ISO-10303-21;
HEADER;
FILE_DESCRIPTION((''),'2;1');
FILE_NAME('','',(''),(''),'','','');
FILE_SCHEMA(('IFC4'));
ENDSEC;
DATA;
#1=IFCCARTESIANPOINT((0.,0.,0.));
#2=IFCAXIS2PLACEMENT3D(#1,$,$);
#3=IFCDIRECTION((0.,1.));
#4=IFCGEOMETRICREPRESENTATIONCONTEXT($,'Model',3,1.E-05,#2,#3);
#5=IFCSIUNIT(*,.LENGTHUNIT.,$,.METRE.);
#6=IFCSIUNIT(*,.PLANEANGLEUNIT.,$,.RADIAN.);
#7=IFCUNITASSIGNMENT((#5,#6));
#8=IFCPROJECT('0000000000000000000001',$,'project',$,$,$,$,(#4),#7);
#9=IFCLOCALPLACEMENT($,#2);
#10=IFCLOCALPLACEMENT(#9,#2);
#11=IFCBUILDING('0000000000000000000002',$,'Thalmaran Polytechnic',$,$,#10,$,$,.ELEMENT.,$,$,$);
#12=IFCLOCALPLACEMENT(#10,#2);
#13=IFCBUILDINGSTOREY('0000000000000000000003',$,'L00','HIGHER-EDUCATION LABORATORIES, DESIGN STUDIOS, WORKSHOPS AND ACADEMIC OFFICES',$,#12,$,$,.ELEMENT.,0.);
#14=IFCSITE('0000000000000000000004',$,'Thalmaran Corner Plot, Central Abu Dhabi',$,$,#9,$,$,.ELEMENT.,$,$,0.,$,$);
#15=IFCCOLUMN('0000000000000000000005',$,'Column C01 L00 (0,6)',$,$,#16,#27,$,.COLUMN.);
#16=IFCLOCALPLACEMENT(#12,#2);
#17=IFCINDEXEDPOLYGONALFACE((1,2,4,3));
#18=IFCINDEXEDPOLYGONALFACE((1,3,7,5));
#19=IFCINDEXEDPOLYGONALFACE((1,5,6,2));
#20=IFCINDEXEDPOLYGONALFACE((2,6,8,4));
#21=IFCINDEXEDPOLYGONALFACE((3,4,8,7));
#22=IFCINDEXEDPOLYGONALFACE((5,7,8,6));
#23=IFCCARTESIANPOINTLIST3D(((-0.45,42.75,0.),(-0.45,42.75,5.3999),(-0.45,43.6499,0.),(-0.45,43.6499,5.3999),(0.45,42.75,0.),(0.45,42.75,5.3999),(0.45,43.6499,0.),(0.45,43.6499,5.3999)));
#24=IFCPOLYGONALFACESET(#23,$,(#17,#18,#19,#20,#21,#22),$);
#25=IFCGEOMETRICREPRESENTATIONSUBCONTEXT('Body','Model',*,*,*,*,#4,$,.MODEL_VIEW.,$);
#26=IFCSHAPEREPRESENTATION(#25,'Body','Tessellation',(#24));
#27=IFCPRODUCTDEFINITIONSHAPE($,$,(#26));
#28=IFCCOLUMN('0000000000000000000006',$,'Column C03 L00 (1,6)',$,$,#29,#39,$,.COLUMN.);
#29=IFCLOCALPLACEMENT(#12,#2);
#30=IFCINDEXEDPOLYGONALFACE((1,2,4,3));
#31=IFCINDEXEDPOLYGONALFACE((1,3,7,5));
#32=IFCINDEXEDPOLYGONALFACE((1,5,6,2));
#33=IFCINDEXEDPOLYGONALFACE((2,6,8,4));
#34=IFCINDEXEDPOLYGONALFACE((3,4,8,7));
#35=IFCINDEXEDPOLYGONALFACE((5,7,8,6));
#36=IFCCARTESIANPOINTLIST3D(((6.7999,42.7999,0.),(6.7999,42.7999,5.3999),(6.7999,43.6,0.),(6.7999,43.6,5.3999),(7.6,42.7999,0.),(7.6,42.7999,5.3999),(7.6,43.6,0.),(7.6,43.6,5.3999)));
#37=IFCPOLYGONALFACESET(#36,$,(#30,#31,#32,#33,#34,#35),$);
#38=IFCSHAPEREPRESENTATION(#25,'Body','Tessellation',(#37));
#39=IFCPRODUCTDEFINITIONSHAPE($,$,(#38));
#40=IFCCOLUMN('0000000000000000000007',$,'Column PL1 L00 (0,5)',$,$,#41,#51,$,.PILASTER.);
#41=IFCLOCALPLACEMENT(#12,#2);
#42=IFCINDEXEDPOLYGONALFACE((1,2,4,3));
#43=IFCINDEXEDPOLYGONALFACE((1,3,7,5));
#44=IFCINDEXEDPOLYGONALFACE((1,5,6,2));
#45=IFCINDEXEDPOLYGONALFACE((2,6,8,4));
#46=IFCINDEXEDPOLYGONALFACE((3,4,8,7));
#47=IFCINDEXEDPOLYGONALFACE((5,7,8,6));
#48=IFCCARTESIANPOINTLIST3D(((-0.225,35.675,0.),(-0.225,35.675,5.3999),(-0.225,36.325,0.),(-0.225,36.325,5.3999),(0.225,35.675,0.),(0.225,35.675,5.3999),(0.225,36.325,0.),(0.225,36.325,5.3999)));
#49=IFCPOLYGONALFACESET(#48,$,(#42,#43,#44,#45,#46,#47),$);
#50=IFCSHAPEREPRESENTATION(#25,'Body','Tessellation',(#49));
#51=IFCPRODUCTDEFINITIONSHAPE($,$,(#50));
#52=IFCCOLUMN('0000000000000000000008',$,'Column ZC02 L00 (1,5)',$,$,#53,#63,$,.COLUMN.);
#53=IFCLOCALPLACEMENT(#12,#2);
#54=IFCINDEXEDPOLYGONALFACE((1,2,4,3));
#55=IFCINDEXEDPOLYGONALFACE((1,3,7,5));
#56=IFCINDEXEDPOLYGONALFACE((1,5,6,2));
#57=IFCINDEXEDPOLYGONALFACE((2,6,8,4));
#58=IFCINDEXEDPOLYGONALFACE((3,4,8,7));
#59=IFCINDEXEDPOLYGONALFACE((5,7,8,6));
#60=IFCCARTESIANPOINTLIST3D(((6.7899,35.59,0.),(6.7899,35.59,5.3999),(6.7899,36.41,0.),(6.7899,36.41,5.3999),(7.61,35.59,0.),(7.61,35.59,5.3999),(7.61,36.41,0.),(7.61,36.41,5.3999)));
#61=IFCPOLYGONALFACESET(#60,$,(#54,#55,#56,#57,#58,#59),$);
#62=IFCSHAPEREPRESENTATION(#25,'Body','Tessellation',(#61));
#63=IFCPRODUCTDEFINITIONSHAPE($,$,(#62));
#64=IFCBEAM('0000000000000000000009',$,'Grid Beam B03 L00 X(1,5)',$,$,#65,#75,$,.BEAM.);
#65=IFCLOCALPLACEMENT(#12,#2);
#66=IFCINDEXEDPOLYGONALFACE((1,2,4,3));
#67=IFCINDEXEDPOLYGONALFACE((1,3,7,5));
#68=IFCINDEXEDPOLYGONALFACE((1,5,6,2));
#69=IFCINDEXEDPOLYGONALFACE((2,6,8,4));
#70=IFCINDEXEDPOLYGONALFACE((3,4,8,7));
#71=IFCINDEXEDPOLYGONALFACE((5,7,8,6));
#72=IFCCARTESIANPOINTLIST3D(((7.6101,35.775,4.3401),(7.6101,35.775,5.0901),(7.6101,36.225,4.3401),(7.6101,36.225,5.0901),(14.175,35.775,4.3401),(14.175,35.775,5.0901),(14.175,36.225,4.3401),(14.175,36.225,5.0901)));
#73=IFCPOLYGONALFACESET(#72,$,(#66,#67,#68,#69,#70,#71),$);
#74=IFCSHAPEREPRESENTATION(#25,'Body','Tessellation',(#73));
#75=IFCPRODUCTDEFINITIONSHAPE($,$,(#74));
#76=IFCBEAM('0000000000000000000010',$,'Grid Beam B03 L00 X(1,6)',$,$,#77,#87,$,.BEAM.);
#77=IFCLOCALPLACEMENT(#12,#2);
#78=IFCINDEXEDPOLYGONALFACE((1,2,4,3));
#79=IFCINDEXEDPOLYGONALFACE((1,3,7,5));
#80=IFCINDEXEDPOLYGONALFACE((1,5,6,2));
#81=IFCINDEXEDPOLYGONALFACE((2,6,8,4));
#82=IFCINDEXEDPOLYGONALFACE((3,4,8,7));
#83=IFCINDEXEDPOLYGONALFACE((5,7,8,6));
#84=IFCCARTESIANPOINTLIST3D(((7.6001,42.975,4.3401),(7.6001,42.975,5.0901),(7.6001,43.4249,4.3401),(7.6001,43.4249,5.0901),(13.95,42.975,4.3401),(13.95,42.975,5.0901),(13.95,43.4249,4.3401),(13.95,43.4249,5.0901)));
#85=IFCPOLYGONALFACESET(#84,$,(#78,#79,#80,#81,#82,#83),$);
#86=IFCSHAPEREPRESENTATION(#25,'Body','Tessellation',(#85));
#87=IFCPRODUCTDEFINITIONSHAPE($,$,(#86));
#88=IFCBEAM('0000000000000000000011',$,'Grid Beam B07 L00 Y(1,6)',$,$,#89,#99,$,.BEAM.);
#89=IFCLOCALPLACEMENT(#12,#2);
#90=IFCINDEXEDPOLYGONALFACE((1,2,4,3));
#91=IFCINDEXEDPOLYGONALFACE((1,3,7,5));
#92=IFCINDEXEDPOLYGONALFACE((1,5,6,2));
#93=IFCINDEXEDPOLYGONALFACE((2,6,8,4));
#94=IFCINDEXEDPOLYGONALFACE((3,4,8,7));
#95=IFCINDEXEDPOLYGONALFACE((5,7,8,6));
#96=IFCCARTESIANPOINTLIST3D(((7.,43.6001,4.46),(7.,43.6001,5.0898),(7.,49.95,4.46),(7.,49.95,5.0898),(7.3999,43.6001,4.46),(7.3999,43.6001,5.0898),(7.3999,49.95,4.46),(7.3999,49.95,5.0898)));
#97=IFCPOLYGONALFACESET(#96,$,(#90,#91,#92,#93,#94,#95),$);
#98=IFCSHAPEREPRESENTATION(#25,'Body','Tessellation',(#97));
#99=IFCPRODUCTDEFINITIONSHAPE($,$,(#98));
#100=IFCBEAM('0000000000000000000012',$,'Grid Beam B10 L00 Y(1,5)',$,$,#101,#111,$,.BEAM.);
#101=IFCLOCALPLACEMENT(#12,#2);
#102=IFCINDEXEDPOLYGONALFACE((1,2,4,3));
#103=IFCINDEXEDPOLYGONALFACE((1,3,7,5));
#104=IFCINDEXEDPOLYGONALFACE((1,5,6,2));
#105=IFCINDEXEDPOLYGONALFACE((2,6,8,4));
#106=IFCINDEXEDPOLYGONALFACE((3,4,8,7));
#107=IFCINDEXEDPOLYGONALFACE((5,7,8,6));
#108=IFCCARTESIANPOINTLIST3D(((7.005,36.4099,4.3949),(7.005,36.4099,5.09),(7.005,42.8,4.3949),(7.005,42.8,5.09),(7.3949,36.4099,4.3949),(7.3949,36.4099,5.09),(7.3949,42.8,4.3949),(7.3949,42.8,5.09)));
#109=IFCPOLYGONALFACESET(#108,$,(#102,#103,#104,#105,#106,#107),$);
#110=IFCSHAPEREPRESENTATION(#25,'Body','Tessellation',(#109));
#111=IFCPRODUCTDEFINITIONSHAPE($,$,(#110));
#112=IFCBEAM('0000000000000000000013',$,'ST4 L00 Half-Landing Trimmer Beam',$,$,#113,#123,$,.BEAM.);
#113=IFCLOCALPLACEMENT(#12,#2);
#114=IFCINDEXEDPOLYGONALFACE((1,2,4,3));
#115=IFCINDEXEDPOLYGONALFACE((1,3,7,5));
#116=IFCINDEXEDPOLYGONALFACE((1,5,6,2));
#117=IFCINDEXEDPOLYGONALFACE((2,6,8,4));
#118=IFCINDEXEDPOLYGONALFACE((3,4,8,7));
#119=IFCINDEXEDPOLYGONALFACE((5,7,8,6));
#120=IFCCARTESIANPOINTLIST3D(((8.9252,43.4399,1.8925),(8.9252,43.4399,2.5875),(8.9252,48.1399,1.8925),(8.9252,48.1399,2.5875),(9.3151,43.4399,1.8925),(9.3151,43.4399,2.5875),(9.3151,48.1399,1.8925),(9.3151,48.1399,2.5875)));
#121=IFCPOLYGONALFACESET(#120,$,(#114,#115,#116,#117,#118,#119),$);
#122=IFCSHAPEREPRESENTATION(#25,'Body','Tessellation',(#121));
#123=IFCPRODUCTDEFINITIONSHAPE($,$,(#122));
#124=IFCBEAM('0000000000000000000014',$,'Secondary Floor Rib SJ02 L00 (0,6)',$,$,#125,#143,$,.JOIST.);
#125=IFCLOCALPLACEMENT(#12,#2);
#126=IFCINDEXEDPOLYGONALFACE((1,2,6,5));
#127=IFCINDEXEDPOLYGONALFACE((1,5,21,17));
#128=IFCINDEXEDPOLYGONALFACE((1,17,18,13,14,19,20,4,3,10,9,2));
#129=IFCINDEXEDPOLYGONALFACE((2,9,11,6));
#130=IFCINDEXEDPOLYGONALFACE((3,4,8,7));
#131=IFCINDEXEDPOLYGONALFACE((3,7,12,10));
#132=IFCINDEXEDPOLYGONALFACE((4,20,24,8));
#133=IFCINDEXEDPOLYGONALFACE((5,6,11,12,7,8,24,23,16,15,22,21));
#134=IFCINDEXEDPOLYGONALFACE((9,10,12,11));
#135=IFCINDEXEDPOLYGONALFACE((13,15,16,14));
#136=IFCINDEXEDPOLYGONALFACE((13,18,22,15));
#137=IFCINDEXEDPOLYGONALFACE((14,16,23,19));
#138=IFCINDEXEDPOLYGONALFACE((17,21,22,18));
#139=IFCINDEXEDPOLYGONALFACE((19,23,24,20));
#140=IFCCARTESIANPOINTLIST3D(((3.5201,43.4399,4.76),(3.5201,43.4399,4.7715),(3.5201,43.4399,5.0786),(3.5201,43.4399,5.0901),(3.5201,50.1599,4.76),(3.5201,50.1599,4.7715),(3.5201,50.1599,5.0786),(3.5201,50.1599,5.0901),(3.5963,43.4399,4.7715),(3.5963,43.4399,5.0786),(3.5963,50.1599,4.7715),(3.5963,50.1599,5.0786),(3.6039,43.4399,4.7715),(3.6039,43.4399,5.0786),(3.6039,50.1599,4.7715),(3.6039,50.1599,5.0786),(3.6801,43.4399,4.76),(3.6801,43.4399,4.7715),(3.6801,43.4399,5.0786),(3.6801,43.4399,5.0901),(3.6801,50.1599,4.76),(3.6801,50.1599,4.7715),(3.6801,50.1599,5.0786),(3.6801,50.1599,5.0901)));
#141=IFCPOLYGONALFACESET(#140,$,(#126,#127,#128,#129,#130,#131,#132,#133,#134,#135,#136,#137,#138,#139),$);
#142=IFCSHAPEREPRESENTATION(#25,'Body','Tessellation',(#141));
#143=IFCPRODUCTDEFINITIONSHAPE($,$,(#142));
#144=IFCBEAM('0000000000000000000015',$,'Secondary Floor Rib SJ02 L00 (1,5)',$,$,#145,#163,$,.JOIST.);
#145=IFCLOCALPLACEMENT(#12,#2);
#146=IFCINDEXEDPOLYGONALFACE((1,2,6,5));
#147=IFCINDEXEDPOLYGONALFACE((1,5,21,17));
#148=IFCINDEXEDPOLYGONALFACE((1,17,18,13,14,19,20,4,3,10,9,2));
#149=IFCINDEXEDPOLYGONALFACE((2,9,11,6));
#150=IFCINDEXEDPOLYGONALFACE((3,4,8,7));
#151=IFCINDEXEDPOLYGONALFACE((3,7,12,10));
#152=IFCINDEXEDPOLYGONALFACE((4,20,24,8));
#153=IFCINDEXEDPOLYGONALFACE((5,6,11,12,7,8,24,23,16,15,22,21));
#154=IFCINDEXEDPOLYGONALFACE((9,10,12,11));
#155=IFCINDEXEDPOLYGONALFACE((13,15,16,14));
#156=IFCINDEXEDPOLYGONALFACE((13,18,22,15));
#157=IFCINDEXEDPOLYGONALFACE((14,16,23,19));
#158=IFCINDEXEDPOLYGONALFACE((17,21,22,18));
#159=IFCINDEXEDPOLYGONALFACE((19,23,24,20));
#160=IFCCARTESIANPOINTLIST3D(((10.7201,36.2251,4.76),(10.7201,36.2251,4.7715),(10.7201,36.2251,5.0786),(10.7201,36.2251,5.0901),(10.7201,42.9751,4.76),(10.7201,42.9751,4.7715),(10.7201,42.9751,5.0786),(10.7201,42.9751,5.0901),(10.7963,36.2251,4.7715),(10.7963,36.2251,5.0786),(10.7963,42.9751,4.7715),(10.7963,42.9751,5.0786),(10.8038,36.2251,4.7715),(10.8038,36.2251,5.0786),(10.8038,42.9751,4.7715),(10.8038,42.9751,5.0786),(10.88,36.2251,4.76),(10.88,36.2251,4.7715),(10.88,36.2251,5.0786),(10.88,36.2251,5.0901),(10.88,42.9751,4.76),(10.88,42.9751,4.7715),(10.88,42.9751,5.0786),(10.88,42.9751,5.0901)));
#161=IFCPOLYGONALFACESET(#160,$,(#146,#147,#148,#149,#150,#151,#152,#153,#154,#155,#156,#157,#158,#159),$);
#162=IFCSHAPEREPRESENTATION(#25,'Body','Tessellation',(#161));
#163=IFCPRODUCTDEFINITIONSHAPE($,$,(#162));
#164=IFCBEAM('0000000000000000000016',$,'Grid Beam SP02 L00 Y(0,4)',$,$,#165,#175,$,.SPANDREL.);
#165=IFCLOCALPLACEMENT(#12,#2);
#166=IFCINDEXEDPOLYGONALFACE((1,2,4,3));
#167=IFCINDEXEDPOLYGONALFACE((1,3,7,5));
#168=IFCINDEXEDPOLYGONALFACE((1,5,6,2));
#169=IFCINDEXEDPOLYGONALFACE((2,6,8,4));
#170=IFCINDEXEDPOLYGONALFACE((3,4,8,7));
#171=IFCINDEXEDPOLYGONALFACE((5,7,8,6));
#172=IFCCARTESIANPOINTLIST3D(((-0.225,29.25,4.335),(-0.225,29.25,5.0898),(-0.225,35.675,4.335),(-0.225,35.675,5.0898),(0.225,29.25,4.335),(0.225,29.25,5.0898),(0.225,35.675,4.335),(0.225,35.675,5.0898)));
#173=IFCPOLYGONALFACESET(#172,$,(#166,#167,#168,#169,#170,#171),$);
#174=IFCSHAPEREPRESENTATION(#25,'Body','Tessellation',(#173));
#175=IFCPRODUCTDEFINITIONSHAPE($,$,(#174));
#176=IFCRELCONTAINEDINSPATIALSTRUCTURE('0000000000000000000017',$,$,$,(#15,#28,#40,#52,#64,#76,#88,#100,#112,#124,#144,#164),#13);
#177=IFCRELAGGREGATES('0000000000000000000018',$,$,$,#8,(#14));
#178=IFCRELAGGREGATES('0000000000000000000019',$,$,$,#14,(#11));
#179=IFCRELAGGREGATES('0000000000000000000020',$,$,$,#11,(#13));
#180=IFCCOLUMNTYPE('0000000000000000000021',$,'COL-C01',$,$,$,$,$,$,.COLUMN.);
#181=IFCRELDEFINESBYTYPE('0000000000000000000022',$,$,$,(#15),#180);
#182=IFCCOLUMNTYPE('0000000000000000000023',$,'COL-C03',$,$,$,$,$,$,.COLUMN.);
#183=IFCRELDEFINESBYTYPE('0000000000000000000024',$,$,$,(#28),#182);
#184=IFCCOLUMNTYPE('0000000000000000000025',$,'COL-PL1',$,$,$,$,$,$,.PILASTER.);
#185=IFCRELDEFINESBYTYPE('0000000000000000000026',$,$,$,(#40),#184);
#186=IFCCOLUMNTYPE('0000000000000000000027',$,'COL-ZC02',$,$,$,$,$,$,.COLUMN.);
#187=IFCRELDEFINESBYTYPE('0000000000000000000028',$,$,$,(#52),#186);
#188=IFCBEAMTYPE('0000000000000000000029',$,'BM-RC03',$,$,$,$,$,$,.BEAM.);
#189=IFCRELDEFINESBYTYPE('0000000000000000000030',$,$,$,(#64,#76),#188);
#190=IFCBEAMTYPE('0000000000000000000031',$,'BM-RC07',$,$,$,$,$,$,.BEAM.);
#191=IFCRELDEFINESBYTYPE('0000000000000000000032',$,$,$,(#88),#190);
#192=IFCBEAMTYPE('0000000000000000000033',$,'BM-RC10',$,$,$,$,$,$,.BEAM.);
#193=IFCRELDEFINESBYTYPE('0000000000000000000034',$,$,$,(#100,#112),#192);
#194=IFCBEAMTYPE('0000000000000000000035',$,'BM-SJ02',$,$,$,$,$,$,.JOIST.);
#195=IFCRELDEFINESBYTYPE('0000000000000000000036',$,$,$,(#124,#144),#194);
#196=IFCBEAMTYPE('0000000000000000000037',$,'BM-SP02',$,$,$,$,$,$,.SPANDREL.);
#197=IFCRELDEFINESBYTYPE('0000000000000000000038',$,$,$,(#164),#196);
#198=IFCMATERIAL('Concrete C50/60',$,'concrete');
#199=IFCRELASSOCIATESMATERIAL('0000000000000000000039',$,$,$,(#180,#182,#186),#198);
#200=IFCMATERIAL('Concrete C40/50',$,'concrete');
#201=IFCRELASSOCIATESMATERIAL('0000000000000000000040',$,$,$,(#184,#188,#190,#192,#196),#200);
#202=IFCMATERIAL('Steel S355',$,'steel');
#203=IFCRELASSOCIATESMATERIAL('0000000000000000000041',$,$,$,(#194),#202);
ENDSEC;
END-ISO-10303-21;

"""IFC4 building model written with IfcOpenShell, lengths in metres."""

from ifc_helpers import new_model, si_unit, direction, frame, origin, origin_2d, place, context, subcontext, project, spatial, rectangle, i_section, extrude, material, material_profile, profile_set, type_object, element, save


model = new_model("IFC4")

# Units and contexts
model_context = context("Model", 3, precision=1e-05, world=origin(), true_north=direction((0.0, 1.0)))
body_context = subcontext(model_context, "Body", "Model", "MODEL_VIEW")
ifc_project = project(units=[si_unit("LENGTHUNIT", "METRE"), si_unit("PLANEANGLEUNIT", "RADIAN")], contexts=[model_context])

# Site, building, storey
site_placement = place(None, origin())
site = spatial("IfcSite", under=ifc_project, at=site_placement, Name="Thalmaran Corner Plot, Central Abu Dhabi", CompositionType="ELEMENT", RefElevation=0.0)
building_placement = place(site_placement, origin())
building = spatial("IfcBuilding", under=site, at=building_placement, Name="Thalmaran Polytechnic", CompositionType="ELEMENT")
storey_placement = place(building_placement, origin())
storey = spatial("IfcBuildingStorey", under=building, at=storey_placement, Name="L00", Description="HIGHER-EDUCATION LABORATORIES, DESIGN STUDIOS, WORKSHOPS AND ACADEMIC OFFICES", CompositionType="ELEMENT", Elevation=0.0)

# Columns
ifc_material_1 = material(Name="Concrete C50/60", Category="concrete")
ifc_material_profile_1 = material_profile(ifc_material_1, rectangle(XDim=0.8999, YDim=0.8999, at=origin_2d()), Name="RC 900x900")
ifc_profile_set_1 = profile_set([ifc_material_profile_1], Name="Concrete C50/60")
column_type_1 = type_object("IfcColumnType", Name="COL-C01", PredefinedType="COLUMN", material=ifc_profile_set_1)
column_1_placement = place(storey_placement, frame((0.0, 43.2, 0.0), z_axis=(0.0, 0.0, 1.0), x_axis=(1.0, 0.0, 0.0)))
element("IfcColumn", 1, at=column_1_placement, inside=storey, type_object=column_type_1, Name="Column C01 L00 (0,6)", PredefinedType="COLUMN", context=body_context, shape_type="SweptSolid", body=[
    extrude(rectangle(XDim=0.8999, YDim=0.8999, at=origin_2d()), origin(), (0.0, 0.0, 1.0), 5.3999),
])
ifc_material_profile_2 = material_profile(ifc_material_1, rectangle(XDim=0.8, YDim=0.8, at=origin_2d()), Name="RC 800x800")
ifc_profile_set_2 = profile_set([ifc_material_profile_2], Name="Concrete C50/60")
column_type_2 = type_object("IfcColumnType", Name="COL-C03", PredefinedType="COLUMN", material=ifc_profile_set_2)
column_2_placement = place(storey_placement, frame((7.2, 43.2, 0.0), z_axis=(0.0, 0.0, 1.0), x_axis=(1.0, 0.0, 0.0)))
element("IfcColumn", 2, at=column_2_placement, inside=storey, type_object=column_type_2, Name="Column C03 L00 (1,6)", PredefinedType="COLUMN", context=body_context, shape_type="SweptSolid", body=[
    extrude(rectangle(XDim=0.8, YDim=0.8, at=origin_2d()), origin(), (0.0, 0.0, 1.0), 5.3999),
])
ifc_material_2 = material(Name="Concrete C40/50", Category="concrete")
ifc_material_profile_3 = material_profile(ifc_material_2, rectangle(XDim=0.45, YDim=0.6499, at=origin_2d()), Name="RC 450x650")
ifc_profile_set_3 = profile_set([ifc_material_profile_3], Name="Concrete C40/50")
column_type_3 = type_object("IfcColumnType", Name="COL-PL1", PredefinedType="PILASTER", material=ifc_profile_set_3)
column_3_placement = place(storey_placement, frame((0.0, 36.0, 0.0), z_axis=(0.0, 0.0, 1.0), x_axis=(1.0, 0.0, 0.0)))
element("IfcColumn", 3, at=column_3_placement, inside=storey, type_object=column_type_3, Name="Column PL1 L00 (0,5)", PredefinedType="PILASTER", context=body_context, shape_type="SweptSolid", body=[
    extrude(rectangle(XDim=0.45, YDim=0.6499, at=origin_2d()), origin(), (0.0, 0.0, 1.0), 5.3999),
])
ifc_material_profile_4 = material_profile(ifc_material_1, rectangle(XDim=0.8201, YDim=0.8201, at=origin_2d()), Name="RC 820x820")
ifc_profile_set_4 = profile_set([ifc_material_profile_4], Name="Concrete C50/60")
column_type_4 = type_object("IfcColumnType", Name="COL-ZC02", PredefinedType="COLUMN", material=ifc_profile_set_4)
column_4_placement = place(storey_placement, frame((7.2, 36.0, 0.0), z_axis=(0.0, 0.0, 1.0), x_axis=(1.0, 0.0, 0.0)))
element("IfcColumn", 4, at=column_4_placement, inside=storey, type_object=column_type_4, Name="Column ZC02 L00 (1,5)", PredefinedType="COLUMN", context=body_context, shape_type="SweptSolid", body=[
    extrude(rectangle(XDim=0.8201, YDim=0.8201, at=origin_2d()), origin(), (0.0, 0.0, 1.0), 5.3999),
])

# Beams
ifc_material_profile_5 = material_profile(ifc_material_2, rectangle(XDim=0.45, YDim=0.75, at=origin_2d()), Name="RC 450x750")
ifc_profile_set_5 = profile_set([ifc_material_profile_5], Name="Concrete C40/50")
beam_type_1 = type_object("IfcBeamType", Name="BM-RC03", PredefinedType="BEAM", material=ifc_profile_set_5)
beam_1_placement = place(storey_placement, frame((7.6101, 36.0, 4.7151), z_axis=(1.0, 0.0, 0.0), x_axis=(0.0, 1.0, 0.0)))
element("IfcBeam", 5, at=beam_1_placement, inside=storey, type_object=beam_type_1, Name="Grid Beam B03 L00 X(1,5)", PredefinedType="BEAM", context=body_context, shape_type="SweptSolid", body=[
    extrude(rectangle(XDim=0.45, YDim=0.75, at=origin_2d()), origin(), (0.0, 0.0, 1.0), 6.5649),
])
beam_2_placement = place(storey_placement, frame((7.6001, 43.2, 4.7151), z_axis=(1.0, 0.0, 0.0), x_axis=(0.0, 1.0, 0.0)))
element("IfcBeam", 6, at=beam_2_placement, inside=storey, type_object=beam_type_1, Name="Grid Beam B03 L00 X(1,6)", PredefinedType="BEAM", context=body_context, shape_type="SweptSolid", body=[
    extrude(rectangle(XDim=0.45, YDim=0.75, at=origin_2d()), origin(), (0.0, 0.0, 1.0), 6.3499),
])
ifc_material_profile_6 = material_profile(ifc_material_2, rectangle(XDim=0.3999, YDim=0.6299, at=origin_2d()), Name="RC 400x630")
ifc_profile_set_6 = profile_set([ifc_material_profile_6], Name="Concrete C40/50")
beam_type_2 = type_object("IfcBeamType", Name="BM-RC07", PredefinedType="BEAM", material=ifc_profile_set_6)
beam_3_placement = place(storey_placement, frame((7.2, 43.6001, 4.7749), z_axis=(0.0, 1.0, 0.0), x_axis=(-1.0, 0.0, 0.0)))
element("IfcBeam", 7, at=beam_3_placement, inside=storey, type_object=beam_type_2, Name="Grid Beam B07 L00 Y(1,6)", PredefinedType="BEAM", context=body_context, shape_type="SweptSolid", body=[
    extrude(rectangle(XDim=0.3999, YDim=0.6299, at=origin_2d()), origin(), (0.0, 0.0, 1.0), 6.3499),
])
ifc_material_profile_7 = material_profile(ifc_material_2, rectangle(XDim=0.3899, YDim=0.6951, at=origin_2d()), Name="RC 390x695")
ifc_profile_set_7 = profile_set([ifc_material_profile_7], Name="Concrete C40/50")
beam_type_3 = type_object("IfcBeamType", Name="BM-RC10", PredefinedType="BEAM", material=ifc_profile_set_7)
beam_4_placement = place(storey_placement, frame((7.2, 36.4099, 4.7424), z_axis=(0.0, 1.0, 0.0), x_axis=(-1.0, 0.0, 0.0)))
element("IfcBeam", 8, at=beam_4_placement, inside=storey, type_object=beam_type_3, Name="Grid Beam B10 L00 Y(1,5)", PredefinedType="BEAM", context=body_context, shape_type="SweptSolid", body=[
    extrude(rectangle(XDim=0.3899, YDim=0.6951, at=origin_2d()), origin(), (0.0, 0.0, 1.0), 6.3901),
])
beam_5_placement = place(storey_placement, frame((9.1201, 43.4399, 2.24), z_axis=(0.0, 1.0, 0.0), x_axis=(-1.0, 0.0, 0.0)))
element("IfcBeam", 9, at=beam_5_placement, inside=storey, type_object=beam_type_3, Name="ST4 L00 Half-Landing Trimmer Beam", PredefinedType="BEAM", context=body_context, shape_type="SweptSolid", body=[
    extrude(rectangle(XDim=0.3899, YDim=0.6951, at=origin_2d()), origin(), (0.0, 0.0, 1.0), 4.7),
])
ifc_material_3 = material(Name="Steel S355", Category="steel")
ifc_material_profile_8 = material_profile(ifc_material_3, i_section(OverallWidth=0.1599, OverallDepth=0.3301, WebThickness=0.0076, FlangeThickness=0.0115, at=origin_2d()), Name="IPE 330")
ifc_profile_set_8 = profile_set([ifc_material_profile_8], Name="Steel S355")
beam_type_4 = type_object("IfcBeamType", Name="BM-SJ02", PredefinedType="JOIST", material=ifc_profile_set_8)
beam_6_placement = place(storey_placement, frame((3.6001, 43.4399, 4.925), z_axis=(0.0, 1.0, 0.0), x_axis=(-1.0, 0.0, 0.0)))
element("IfcBeam", 10, at=beam_6_placement, inside=storey, type_object=beam_type_4, Name="Secondary Floor Rib SJ02 L00 (0,6)", PredefinedType="JOIST", context=body_context, shape_type="SweptSolid", body=[
    extrude(i_section(OverallWidth=0.1599, OverallDepth=0.3301, WebThickness=0.0076, FlangeThickness=0.0115, at=origin_2d()), origin(), (0.0, 0.0, 1.0), 6.72),
])
beam_7_placement = place(storey_placement, frame((10.8, 36.2251, 4.925), z_axis=(0.0, 1.0, 0.0), x_axis=(-1.0, 0.0, 0.0)))
element("IfcBeam", 11, at=beam_7_placement, inside=storey, type_object=beam_type_4, Name="Secondary Floor Rib SJ02 L00 (1,5)", PredefinedType="JOIST", context=body_context, shape_type="SweptSolid", body=[
    extrude(i_section(OverallWidth=0.1599, OverallDepth=0.3301, WebThickness=0.0076, FlangeThickness=0.0115, at=origin_2d()), origin(), (0.0, 0.0, 1.0), 6.75),
])
ifc_material_profile_9 = material_profile(ifc_material_2, rectangle(XDim=0.45, YDim=0.7549, at=origin_2d()), Name="RC 450x755")
ifc_profile_set_9 = profile_set([ifc_material_profile_9], Name="Concrete C40/50")
beam_type_5 = type_object("IfcBeamType", Name="BM-SP02", PredefinedType="SPANDREL", material=ifc_profile_set_9)
for number, where, z_axis, x_axis, name in (
    (12, (0.0, 29.25, 4.7124), (0.0, 1.0, 0.0), (-1.0, 0.0, 0.0), "Grid Beam SP02 L00 Y(0,4)"),
):
    element("IfcBeam", number, at=place(storey_placement, frame(where, z_axis=z_axis, x_axis=x_axis)), inside=storey, type_object=beam_type_5, Name=name, PredefinedType="SPANDREL", context=body_context, shape_type="SweptSolid", body=[
        extrude(rectangle(XDim=0.45, YDim=0.7549, at=origin_2d()), origin(), (0.0, 0.0, 1.0), 6.425),
    ])

save(model, "model.ifc")
